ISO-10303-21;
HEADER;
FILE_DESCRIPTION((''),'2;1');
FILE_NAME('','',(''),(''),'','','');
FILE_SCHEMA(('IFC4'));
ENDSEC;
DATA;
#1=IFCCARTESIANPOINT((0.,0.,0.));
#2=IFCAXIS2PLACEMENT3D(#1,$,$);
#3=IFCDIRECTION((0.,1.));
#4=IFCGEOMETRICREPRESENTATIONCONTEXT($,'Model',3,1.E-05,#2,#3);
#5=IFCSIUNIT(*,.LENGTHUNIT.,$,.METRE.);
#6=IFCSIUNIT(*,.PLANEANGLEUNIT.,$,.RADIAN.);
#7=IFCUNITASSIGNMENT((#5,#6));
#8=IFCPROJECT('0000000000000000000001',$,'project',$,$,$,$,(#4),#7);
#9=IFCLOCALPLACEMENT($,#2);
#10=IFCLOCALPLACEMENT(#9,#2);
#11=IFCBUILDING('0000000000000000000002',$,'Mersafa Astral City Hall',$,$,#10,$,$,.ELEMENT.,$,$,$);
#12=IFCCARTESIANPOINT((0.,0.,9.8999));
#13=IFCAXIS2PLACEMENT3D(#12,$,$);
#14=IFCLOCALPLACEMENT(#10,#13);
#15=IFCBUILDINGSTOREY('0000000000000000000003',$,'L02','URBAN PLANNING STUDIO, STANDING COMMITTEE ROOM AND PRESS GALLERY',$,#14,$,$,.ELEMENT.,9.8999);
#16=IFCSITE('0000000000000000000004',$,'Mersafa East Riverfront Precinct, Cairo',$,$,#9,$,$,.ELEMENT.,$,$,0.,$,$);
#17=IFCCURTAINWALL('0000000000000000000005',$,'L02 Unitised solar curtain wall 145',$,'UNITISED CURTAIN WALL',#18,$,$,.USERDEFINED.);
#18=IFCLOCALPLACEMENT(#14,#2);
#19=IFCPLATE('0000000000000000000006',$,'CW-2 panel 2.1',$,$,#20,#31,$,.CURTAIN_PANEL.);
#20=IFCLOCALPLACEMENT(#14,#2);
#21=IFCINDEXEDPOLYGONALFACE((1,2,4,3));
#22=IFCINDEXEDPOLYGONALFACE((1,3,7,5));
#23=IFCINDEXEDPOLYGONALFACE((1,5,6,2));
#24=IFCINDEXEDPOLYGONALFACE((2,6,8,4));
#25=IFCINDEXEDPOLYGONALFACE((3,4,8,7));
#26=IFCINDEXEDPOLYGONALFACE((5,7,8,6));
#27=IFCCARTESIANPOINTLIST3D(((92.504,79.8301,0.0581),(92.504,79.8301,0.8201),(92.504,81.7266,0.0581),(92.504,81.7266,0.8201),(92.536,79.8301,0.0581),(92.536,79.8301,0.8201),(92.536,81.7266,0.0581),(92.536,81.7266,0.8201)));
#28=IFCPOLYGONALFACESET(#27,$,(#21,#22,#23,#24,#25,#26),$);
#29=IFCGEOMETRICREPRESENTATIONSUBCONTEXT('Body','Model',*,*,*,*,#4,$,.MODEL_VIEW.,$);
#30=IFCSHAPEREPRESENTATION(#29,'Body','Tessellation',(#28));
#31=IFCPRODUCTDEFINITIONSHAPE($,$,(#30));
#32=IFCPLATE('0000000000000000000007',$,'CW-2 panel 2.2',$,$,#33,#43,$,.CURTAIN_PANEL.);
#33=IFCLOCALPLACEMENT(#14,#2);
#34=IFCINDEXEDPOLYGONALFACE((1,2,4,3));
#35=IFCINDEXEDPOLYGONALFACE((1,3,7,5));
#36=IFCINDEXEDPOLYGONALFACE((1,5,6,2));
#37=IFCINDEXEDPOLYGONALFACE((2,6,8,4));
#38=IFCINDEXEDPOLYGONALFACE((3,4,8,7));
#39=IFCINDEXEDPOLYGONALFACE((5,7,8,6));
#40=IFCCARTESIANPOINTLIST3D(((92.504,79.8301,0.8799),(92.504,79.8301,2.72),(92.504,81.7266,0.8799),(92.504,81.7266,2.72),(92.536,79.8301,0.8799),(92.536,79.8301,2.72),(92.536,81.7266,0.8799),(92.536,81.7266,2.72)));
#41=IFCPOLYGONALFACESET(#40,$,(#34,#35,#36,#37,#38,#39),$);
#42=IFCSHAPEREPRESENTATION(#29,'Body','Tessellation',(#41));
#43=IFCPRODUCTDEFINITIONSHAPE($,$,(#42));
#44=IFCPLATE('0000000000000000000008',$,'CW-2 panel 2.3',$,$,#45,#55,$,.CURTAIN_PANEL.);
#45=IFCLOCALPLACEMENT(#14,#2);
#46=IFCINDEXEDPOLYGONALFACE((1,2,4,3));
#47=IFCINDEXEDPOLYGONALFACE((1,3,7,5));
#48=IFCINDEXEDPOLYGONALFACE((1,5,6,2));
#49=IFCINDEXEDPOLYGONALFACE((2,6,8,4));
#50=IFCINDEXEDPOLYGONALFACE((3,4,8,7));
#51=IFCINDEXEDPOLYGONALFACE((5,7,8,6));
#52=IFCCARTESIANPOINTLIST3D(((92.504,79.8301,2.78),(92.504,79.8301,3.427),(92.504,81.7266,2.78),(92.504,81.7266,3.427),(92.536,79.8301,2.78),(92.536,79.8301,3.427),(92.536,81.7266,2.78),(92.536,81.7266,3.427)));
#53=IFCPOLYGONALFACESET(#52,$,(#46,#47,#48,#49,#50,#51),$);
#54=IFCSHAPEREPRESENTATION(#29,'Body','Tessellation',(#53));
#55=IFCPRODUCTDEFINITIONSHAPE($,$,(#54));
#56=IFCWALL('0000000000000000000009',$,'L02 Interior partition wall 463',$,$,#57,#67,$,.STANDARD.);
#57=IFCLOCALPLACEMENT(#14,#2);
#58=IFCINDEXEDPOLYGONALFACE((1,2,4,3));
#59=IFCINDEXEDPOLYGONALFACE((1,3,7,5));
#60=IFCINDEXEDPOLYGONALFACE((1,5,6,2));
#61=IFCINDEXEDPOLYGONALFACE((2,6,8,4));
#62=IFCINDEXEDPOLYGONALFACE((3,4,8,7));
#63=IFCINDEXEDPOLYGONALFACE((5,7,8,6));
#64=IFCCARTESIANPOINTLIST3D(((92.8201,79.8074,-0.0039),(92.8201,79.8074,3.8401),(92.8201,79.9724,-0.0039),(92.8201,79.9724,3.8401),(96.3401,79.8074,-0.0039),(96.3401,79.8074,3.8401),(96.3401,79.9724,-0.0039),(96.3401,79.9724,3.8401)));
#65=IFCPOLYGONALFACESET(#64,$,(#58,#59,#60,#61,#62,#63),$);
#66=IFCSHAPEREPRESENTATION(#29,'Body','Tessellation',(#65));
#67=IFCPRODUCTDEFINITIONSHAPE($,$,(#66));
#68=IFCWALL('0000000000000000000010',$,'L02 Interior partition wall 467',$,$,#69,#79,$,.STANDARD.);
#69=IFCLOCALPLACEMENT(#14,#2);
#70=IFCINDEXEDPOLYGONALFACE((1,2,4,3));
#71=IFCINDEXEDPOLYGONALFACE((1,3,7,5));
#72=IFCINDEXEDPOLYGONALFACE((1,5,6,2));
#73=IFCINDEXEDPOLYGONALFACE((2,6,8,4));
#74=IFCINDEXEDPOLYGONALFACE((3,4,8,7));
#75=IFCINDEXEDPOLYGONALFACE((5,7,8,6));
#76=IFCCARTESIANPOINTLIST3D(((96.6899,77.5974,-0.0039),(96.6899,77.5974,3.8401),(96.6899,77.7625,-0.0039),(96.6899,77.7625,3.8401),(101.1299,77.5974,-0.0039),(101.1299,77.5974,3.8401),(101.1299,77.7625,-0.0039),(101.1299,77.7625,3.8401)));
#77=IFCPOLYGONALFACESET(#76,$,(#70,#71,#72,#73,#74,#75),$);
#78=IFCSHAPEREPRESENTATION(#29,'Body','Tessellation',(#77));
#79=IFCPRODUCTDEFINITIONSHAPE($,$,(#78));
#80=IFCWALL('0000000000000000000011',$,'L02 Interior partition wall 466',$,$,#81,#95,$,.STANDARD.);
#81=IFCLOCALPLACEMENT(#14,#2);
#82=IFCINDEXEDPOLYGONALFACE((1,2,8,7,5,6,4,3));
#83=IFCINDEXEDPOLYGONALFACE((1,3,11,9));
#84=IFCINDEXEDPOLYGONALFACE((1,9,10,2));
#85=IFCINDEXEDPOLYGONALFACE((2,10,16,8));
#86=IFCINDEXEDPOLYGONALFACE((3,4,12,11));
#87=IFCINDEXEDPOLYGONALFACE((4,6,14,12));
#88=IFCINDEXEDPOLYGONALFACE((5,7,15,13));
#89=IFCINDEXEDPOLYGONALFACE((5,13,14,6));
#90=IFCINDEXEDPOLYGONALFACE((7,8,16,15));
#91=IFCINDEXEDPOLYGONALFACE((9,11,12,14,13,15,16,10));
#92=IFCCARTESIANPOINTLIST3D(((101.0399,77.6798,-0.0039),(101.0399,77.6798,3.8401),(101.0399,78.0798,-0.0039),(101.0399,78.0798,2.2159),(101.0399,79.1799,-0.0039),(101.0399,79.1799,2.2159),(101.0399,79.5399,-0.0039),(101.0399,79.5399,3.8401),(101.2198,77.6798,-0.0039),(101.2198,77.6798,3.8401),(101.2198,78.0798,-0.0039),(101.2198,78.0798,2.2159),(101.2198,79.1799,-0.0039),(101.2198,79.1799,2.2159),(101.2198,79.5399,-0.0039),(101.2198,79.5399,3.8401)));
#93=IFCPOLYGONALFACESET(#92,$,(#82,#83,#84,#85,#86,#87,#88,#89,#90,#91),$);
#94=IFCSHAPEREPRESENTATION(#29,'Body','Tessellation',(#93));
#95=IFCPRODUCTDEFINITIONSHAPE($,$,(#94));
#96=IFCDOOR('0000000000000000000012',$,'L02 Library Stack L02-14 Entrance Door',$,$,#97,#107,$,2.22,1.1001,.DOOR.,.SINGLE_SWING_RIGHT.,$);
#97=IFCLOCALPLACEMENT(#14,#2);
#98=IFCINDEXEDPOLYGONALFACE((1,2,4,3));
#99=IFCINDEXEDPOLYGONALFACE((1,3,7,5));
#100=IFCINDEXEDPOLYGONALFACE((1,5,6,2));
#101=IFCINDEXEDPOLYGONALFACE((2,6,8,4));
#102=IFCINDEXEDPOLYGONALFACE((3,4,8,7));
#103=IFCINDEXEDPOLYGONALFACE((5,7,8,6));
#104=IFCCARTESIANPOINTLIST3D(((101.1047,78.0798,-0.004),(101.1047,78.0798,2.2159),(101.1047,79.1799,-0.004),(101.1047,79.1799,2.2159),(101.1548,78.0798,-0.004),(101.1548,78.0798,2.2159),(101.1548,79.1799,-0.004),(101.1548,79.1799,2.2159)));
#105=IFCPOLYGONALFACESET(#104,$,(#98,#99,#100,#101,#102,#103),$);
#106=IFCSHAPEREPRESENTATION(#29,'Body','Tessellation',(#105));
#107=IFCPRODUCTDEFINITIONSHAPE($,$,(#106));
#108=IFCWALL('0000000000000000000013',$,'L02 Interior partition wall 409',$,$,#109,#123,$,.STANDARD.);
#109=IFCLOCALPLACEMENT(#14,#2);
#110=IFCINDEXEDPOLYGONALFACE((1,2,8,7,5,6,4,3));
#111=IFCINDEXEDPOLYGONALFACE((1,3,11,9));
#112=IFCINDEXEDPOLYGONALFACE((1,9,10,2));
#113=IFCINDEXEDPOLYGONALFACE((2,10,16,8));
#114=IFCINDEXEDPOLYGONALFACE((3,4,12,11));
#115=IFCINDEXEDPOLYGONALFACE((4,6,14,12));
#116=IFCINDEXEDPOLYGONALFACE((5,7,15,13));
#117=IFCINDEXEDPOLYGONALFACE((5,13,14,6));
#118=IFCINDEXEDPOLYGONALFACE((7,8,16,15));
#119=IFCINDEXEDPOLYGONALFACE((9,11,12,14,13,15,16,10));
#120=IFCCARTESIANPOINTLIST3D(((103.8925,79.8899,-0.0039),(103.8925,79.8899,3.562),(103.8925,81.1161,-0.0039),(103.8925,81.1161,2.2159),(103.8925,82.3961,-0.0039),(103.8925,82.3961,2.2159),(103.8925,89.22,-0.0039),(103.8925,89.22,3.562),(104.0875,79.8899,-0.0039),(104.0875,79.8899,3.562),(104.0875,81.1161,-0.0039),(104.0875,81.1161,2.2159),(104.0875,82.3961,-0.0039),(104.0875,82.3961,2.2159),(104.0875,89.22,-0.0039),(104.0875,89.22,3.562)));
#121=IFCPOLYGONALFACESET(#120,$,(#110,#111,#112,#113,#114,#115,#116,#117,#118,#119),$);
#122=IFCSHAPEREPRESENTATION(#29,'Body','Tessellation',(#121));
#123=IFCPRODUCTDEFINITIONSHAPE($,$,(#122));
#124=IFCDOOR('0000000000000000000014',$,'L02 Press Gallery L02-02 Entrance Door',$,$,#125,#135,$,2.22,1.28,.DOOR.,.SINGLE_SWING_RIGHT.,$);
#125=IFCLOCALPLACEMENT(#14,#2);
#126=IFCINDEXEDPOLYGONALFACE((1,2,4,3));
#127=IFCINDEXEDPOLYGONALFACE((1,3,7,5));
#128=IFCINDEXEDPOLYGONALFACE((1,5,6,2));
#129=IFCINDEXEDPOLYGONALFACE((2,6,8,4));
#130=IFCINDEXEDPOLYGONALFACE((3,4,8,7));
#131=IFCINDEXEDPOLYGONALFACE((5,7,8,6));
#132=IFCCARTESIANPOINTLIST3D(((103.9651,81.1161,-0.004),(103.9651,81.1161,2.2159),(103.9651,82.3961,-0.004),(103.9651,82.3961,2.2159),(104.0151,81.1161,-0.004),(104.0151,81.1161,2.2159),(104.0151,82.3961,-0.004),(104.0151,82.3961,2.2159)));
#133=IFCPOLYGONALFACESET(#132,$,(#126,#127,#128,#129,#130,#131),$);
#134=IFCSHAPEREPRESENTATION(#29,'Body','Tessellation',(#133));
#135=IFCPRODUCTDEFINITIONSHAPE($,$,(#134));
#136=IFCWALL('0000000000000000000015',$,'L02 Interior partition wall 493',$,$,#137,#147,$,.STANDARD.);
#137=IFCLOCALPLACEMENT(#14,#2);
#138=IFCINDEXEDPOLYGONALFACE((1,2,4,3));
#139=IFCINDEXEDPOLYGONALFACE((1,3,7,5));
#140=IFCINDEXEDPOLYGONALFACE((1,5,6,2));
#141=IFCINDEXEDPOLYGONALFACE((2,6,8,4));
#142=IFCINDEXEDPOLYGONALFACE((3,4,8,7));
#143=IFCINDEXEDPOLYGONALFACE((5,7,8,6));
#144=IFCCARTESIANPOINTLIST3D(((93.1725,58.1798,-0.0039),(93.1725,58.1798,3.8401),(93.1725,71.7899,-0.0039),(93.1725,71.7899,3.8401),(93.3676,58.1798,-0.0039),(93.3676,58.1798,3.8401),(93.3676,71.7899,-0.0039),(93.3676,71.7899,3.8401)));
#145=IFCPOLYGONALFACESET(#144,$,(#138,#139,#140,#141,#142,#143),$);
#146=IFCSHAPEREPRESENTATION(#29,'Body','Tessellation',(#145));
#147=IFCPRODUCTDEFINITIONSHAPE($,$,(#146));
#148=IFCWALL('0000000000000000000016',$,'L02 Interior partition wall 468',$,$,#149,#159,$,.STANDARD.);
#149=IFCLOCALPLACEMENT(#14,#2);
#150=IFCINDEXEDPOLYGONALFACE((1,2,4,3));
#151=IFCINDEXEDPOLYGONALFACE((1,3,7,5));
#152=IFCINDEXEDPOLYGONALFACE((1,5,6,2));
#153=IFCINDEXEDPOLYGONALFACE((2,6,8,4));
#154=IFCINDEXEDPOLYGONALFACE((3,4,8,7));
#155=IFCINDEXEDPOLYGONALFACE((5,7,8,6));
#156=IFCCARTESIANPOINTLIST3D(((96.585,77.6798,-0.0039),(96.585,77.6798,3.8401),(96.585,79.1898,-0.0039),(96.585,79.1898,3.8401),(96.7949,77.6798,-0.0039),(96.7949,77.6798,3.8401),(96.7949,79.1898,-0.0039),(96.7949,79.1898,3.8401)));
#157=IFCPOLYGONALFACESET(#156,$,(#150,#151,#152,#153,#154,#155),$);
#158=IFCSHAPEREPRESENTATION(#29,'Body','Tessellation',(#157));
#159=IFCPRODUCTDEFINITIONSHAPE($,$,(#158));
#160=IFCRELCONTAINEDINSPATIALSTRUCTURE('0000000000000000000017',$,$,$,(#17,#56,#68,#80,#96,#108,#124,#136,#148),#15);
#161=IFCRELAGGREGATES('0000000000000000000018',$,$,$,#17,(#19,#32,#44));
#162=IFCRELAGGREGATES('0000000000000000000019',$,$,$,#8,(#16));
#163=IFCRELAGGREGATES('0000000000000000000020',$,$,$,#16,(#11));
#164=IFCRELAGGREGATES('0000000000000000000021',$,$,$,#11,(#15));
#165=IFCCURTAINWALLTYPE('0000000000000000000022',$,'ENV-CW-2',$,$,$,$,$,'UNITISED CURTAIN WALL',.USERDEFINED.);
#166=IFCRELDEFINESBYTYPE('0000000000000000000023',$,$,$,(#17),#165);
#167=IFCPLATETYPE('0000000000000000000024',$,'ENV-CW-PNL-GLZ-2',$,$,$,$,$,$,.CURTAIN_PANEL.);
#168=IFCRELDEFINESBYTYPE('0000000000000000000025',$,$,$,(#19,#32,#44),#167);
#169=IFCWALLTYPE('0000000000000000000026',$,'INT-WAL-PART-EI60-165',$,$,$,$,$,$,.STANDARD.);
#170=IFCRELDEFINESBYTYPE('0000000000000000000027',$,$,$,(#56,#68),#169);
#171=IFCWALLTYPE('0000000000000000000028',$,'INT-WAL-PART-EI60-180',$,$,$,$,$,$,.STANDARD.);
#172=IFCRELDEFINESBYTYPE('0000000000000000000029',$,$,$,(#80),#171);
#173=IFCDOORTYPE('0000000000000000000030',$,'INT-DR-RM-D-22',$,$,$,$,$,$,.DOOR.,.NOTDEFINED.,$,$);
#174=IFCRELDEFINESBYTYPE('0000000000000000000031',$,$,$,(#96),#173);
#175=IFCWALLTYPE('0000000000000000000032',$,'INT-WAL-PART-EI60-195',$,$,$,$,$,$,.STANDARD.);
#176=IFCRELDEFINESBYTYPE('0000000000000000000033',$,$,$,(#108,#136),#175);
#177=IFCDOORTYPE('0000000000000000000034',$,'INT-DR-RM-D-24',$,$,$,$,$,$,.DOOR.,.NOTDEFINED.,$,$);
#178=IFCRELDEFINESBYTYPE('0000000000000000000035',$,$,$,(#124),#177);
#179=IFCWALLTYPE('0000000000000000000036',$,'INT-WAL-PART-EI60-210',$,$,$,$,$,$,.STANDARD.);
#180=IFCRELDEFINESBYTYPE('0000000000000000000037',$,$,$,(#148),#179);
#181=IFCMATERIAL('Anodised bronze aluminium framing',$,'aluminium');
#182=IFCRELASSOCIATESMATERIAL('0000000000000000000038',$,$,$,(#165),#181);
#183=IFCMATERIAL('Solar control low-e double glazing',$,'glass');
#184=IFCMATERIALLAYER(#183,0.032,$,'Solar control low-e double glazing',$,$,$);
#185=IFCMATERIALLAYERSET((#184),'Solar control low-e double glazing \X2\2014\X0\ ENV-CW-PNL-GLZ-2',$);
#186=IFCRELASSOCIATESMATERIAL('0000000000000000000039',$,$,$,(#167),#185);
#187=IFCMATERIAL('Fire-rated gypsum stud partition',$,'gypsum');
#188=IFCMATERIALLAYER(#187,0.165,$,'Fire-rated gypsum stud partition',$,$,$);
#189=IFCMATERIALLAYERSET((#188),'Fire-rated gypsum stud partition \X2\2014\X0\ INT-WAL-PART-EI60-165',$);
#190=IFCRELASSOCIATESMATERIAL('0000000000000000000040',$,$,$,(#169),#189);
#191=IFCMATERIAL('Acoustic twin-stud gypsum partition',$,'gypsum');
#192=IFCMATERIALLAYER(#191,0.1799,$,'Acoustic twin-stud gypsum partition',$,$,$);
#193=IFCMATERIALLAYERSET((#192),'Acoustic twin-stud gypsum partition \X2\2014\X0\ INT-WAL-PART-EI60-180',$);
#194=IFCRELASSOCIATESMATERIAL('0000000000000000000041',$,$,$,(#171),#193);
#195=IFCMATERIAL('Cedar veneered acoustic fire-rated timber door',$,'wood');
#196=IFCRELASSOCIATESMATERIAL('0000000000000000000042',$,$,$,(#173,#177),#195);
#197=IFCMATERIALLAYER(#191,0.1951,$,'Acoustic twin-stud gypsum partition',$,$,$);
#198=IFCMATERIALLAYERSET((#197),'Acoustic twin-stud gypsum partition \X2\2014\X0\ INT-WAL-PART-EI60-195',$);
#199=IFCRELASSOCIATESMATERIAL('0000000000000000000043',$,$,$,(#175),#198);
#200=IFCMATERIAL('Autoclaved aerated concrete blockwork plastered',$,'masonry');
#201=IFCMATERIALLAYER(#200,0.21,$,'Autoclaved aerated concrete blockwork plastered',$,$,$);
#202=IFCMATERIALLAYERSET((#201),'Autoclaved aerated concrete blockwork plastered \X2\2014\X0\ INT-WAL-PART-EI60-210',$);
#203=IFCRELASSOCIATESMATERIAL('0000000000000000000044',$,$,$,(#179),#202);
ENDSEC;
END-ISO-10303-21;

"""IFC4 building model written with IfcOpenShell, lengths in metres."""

from ifc_helpers import new_model, si_unit, direction, frame, frame_2d, origin, origin_2d, place, context, subcontext, project, spatial, rectangle, extrude, material, layer, layer_set, type_object, element, fill, aggregate, save


model = new_model("IFC4")

# Units and contexts
model_context = context("Model", 3, precision=1e-05, world=origin(), true_north=direction((0.0, 1.0)))
body_context = subcontext(model_context, "Body", "Model", "MODEL_VIEW")
ifc_project = project(units=[si_unit("LENGTHUNIT", "METRE"), si_unit("PLANEANGLEUNIT", "RADIAN")], contexts=[model_context])

# Site, building, storey
site_placement = place(None, origin())
site = spatial("IfcSite", under=ifc_project, at=site_placement, Name="Mersafa East Riverfront Precinct, Cairo", CompositionType="ELEMENT", RefElevation=0.0)
building_placement = place(site_placement, origin())
building = spatial("IfcBuilding", under=site, at=building_placement, Name="Mersafa Astral City Hall", CompositionType="ELEMENT")
storey_placement = place(building_placement, frame((0.0, 0.0, 9.8999)))
storey = spatial("IfcBuildingStorey", under=building, at=storey_placement, Name="L02", Description="URBAN PLANNING STUDIO, STANDING COMMITTEE ROOM AND PRESS GALLERY", CompositionType="ELEMENT", Elevation=9.8999)

# Curtain wall
ifc_material_1 = material(Name="Anodised bronze aluminium framing", Category="aluminium")
curtain_wall_type = type_object("IfcCurtainWallType", Name="ENV-CW-2", ElementType="UNITISED CURTAIN WALL", PredefinedType="USERDEFINED", material=ifc_material_1)
curtain_wall_placement = place(storey_placement, origin())
curtain_wall = element("IfcCurtainWall", 1, at=curtain_wall_placement, inside=storey, type_object=curtain_wall_type, Name="L02 Unitised solar curtain wall 145", ObjectType="UNITISED CURTAIN WALL", PredefinedType="USERDEFINED")

# Plates
ifc_material_2 = material(Name="Solar control low-e double glazing", Category="glass")
ifc_layer_1 = layer(ifc_material_2, 0.032, Name="Solar control low-e double glazing")
ifc_layer_set_1 = layer_set([ifc_layer_1], Name="Solar control low-e double glazing — ENV-CW-PNL-GLZ-2")
plate_type = type_object("IfcPlateType", Name="ENV-CW-PNL-GLZ-2", PredefinedType="CURTAIN_PANEL", material=ifc_layer_set_1)
plate_1_placement = place(storey_placement, frame((92.52, 80.7783, 0.0581), z_axis=(0.0, 0.0, 1.0), x_axis=(0.0, -1.0, 0.0)))
plate_1 = element("IfcPlate", 2, at=plate_1_placement, type_object=plate_type, Name="CW-2 panel 2.1", PredefinedType="CURTAIN_PANEL", context=body_context, shape_type="SweptSolid", body=[
    extrude(rectangle(XDim=1.8965, YDim=0.032, at=origin_2d()), origin(), (0.0, 0.0, 1.0), 0.762),
])
plate_2_placement = place(storey_placement, frame((92.52, 80.7783, 0.8799), z_axis=(0.0, 0.0, 1.0), x_axis=(0.0, -1.0, 0.0)))
plate_2 = element("IfcPlate", 3, at=plate_2_placement, type_object=plate_type, Name="CW-2 panel 2.2", PredefinedType="CURTAIN_PANEL", context=body_context, shape_type="SweptSolid", body=[
    extrude(rectangle(XDim=1.8965, YDim=0.032, at=origin_2d()), origin(), (0.0, 0.0, 1.0), 1.8401),
])
plate_3_placement = place(storey_placement, frame((92.52, 80.7783, 2.78), z_axis=(0.0, 0.0, 1.0), x_axis=(0.0, -1.0, 0.0)))
plate_3 = element("IfcPlate", 4, at=plate_3_placement, type_object=plate_type, Name="CW-2 panel 2.3", PredefinedType="CURTAIN_PANEL", context=body_context, shape_type="SweptSolid", body=[
    extrude(rectangle(XDim=1.8965, YDim=0.032, at=origin_2d()), origin(), (0.0, 0.0, 1.0), 0.647),
])
aggregate(curtain_wall, [plate_1, plate_2, plate_3])

# Walls
ifc_material_3 = material(Name="Fire-rated gypsum stud partition", Category="gypsum")
ifc_layer_2 = layer(ifc_material_3, 0.165, Name="Fire-rated gypsum stud partition")
ifc_layer_set_2 = layer_set([ifc_layer_2], Name="Fire-rated gypsum stud partition — INT-WAL-PART-EI60-165")
wall_type_1 = type_object("IfcWallType", Name="INT-WAL-PART-EI60-165", PredefinedType="STANDARD", material=ifc_layer_set_2)
wall_1_placement = place(storey_placement, frame((96.3401, 79.8899, -0.0039), z_axis=(0.0, 0.0, 1.0), x_axis=(-1.0, 0.0, 0.0)))
element("IfcWall", 5, at=wall_1_placement, inside=storey, type_object=wall_type_1, Name="L02 Interior partition wall 463", PredefinedType="STANDARD", context=body_context, shape_type="SweptSolid", body=[
    extrude(rectangle(XDim=3.52, YDim=0.165, at=frame_2d((1.76, 0.0))), origin(), (0.0, 0.0, 1.0), 3.844),
])
wall_2_placement = place(storey_placement, frame((101.1299, 77.6799, -0.0039), z_axis=(0.0, 0.0, 1.0), x_axis=(-1.0, 0.0, 0.0)))
element("IfcWall", 6, at=wall_2_placement, inside=storey, type_object=wall_type_1, Name="L02 Interior partition wall 467", PredefinedType="STANDARD", context=body_context, shape_type="SweptSolid", body=[
    extrude(rectangle(XDim=4.4399, YDim=0.165, at=frame_2d((2.22, 0.0))), origin(), (0.0, 0.0, 1.0), 3.844),
])

# Walls, openings, doors
ifc_material_4 = material(Name="Acoustic twin-stud gypsum partition", Category="gypsum")
ifc_layer_3 = layer(ifc_material_4, 0.1799, Name="Acoustic twin-stud gypsum partition")
ifc_layer_set_3 = layer_set([ifc_layer_3], Name="Acoustic twin-stud gypsum partition — INT-WAL-PART-EI60-180")
wall_type_2 = type_object("IfcWallType", Name="INT-WAL-PART-EI60-180", PredefinedType="STANDARD", material=ifc_layer_set_3)
wall_3_placement = place(storey_placement, frame((101.1299, 79.54, -0.0039), z_axis=(0.0, 0.0, 1.0), x_axis=(0.0, -1.0, 0.0)))
wall_3 = element("IfcWall", 7, at=wall_3_placement, inside=storey, type_object=wall_type_2, Name="L02 Interior partition wall 466", PredefinedType="STANDARD", context=body_context, shape_type="SweptSolid", body=[
    extrude(rectangle(XDim=1.8601, YDim=0.1799, at=frame_2d((0.9302, 0.0))), origin(), (0.0, 0.0, 1.0), 3.844),
])
opening_1_placement = place(wall_3_placement, frame((0.3601, 0.0, 0.0)))
opening_1 = element("IfcOpeningElement", 8, at=opening_1_placement, cuts=wall_3, PredefinedType="OPENING", context=body_context, shape_type="SweptSolid", body=[
    extrude(rectangle(XDim=1.1001, YDim=2.22, at=frame_2d((0.55, 1.1099))), frame((0.0, 0.0999, 0.0), z_axis=(0.0, -1.0, 0.0), x_axis=(1.0, 0.0, 0.0)), (0.0, 0.0, 1.0), 0.2),
])
ifc_material_5 = material(Name="Cedar veneered acoustic fire-rated timber door", Category="wood")
door_type_1 = type_object("IfcDoorType", Name="INT-DR-RM-D-22", OperationType="NOTDEFINED", PredefinedType="DOOR", material=ifc_material_5)
door_1_placement = place(opening_1_placement, origin())
door_1 = element("IfcDoor", 9, at=door_1_placement, inside=storey, type_object=door_type_1, Name="L02 Library Stack L02-14 Entrance Door", OperationType="SINGLE_SWING_RIGHT", OverallHeight=2.22, OverallWidth=1.1001, PredefinedType="DOOR", context=body_context, shape_type="SweptSolid", body=[
    extrude(rectangle(XDim=1.1001, YDim=2.22, at=frame_2d((0.55, 1.1099))), frame((0.0, 0.0249, 0.0), z_axis=(0.0, -1.0, 0.0), x_axis=(1.0, 0.0, 0.0)), (0.0, 0.0, 1.0), 0.05),
])
fill(opening_1, door_1)
ifc_layer_4 = layer(ifc_material_4, 0.1951, Name="Acoustic twin-stud gypsum partition")
ifc_layer_set_4 = layer_set([ifc_layer_4], Name="Acoustic twin-stud gypsum partition — INT-WAL-PART-EI60-195")
wall_type_3 = type_object("IfcWallType", Name="INT-WAL-PART-EI60-195", PredefinedType="STANDARD", material=ifc_layer_set_4)
wall_4_placement = place(storey_placement, frame((103.99, 79.8899, -0.0039), z_axis=(0.0, 0.0, 1.0), x_axis=(0.0, 1.0, 0.0)))
wall_4 = element("IfcWall", 10, at=wall_4_placement, inside=storey, type_object=wall_type_3, Name="L02 Interior partition wall 409", PredefinedType="STANDARD", context=body_context, shape_type="SweptSolid", body=[
    extrude(rectangle(XDim=9.3301, YDim=0.1951, at=frame_2d((4.665, 0.0))), origin(), (0.0, 0.0, 1.0), 3.5659),
])
opening_2_placement = place(wall_4_placement, frame((1.2261, 0.0, 0.0)))
opening_2 = element("IfcOpeningElement", 11, at=opening_2_placement, cuts=wall_4, PredefinedType="OPENING", context=body_context, shape_type="SweptSolid", body=[
    extrude(rectangle(XDim=1.28, YDim=2.22, at=frame_2d((0.6401, 1.1099))), frame((0.0, 0.1074, 0.0), z_axis=(0.0, -1.0, 0.0), x_axis=(1.0, 0.0, 0.0)), (0.0, 0.0, 1.0), 0.2151),
])
door_type_2 = type_object("IfcDoorType", Name="INT-DR-RM-D-24", OperationType="NOTDEFINED", PredefinedType="DOOR", material=ifc_material_5)
door_2_placement = place(opening_2_placement, origin())
door_2 = element("IfcDoor", 12, at=door_2_placement, inside=storey, type_object=door_type_2, Name="L02 Press Gallery L02-02 Entrance Door", OperationType="SINGLE_SWING_RIGHT", OverallHeight=2.22, OverallWidth=1.28, PredefinedType="DOOR", context=body_context, shape_type="SweptSolid", body=[
    extrude(rectangle(XDim=1.28, YDim=2.22, at=frame_2d((0.6401, 1.1099))), frame((0.0, 0.0249, 0.0), z_axis=(0.0, -1.0, 0.0), x_axis=(1.0, 0.0, 0.0)), (0.0, 0.0, 1.0), 0.05),
])
fill(opening_2, door_2)

# Walls
wall_5_placement = place(storey_placement, frame((93.27, 71.79, -0.0039), z_axis=(0.0, 0.0, 1.0), x_axis=(0.0, -1.0, 0.0)))
element("IfcWall", 13, at=wall_5_placement, inside=storey, type_object=wall_type_3, Name="L02 Interior partition wall 493", PredefinedType="STANDARD", context=body_context, shape_type="SweptSolid", body=[
    extrude(rectangle(XDim=13.6101, YDim=0.1951, at=frame_2d((6.8052, 0.0))), origin(), (0.0, 0.0, 1.0), 3.844),
])
ifc_material_6 = material(Name="Autoclaved aerated concrete blockwork plastered", Category="masonry")
ifc_layer_5 = layer(ifc_material_6, 0.21, Name="Autoclaved aerated concrete blockwork plastered")
ifc_layer_set_5 = layer_set([ifc_layer_5], Name="Autoclaved aerated concrete blockwork plastered — INT-WAL-PART-EI60-210")
wall_type_4 = type_object("IfcWallType", Name="INT-WAL-PART-EI60-210", PredefinedType="STANDARD", material=ifc_layer_set_5)
wall_6_placement = place(storey_placement, frame((96.6899, 77.6799, -0.0039), z_axis=(0.0, 0.0, 1.0), x_axis=(0.0, 1.0, 0.0)))
element("IfcWall", 14, at=wall_6_placement, inside=storey, type_object=wall_type_4, Name="L02 Interior partition wall 468", PredefinedType="STANDARD", context=body_context, shape_type="SweptSolid", body=[
    extrude(rectangle(XDim=1.51, YDim=0.21, at=frame_2d((0.7549, 0.0))), origin(), (0.0, 0.0, 1.0), 3.844),
])

save(model, "model.ifc")
